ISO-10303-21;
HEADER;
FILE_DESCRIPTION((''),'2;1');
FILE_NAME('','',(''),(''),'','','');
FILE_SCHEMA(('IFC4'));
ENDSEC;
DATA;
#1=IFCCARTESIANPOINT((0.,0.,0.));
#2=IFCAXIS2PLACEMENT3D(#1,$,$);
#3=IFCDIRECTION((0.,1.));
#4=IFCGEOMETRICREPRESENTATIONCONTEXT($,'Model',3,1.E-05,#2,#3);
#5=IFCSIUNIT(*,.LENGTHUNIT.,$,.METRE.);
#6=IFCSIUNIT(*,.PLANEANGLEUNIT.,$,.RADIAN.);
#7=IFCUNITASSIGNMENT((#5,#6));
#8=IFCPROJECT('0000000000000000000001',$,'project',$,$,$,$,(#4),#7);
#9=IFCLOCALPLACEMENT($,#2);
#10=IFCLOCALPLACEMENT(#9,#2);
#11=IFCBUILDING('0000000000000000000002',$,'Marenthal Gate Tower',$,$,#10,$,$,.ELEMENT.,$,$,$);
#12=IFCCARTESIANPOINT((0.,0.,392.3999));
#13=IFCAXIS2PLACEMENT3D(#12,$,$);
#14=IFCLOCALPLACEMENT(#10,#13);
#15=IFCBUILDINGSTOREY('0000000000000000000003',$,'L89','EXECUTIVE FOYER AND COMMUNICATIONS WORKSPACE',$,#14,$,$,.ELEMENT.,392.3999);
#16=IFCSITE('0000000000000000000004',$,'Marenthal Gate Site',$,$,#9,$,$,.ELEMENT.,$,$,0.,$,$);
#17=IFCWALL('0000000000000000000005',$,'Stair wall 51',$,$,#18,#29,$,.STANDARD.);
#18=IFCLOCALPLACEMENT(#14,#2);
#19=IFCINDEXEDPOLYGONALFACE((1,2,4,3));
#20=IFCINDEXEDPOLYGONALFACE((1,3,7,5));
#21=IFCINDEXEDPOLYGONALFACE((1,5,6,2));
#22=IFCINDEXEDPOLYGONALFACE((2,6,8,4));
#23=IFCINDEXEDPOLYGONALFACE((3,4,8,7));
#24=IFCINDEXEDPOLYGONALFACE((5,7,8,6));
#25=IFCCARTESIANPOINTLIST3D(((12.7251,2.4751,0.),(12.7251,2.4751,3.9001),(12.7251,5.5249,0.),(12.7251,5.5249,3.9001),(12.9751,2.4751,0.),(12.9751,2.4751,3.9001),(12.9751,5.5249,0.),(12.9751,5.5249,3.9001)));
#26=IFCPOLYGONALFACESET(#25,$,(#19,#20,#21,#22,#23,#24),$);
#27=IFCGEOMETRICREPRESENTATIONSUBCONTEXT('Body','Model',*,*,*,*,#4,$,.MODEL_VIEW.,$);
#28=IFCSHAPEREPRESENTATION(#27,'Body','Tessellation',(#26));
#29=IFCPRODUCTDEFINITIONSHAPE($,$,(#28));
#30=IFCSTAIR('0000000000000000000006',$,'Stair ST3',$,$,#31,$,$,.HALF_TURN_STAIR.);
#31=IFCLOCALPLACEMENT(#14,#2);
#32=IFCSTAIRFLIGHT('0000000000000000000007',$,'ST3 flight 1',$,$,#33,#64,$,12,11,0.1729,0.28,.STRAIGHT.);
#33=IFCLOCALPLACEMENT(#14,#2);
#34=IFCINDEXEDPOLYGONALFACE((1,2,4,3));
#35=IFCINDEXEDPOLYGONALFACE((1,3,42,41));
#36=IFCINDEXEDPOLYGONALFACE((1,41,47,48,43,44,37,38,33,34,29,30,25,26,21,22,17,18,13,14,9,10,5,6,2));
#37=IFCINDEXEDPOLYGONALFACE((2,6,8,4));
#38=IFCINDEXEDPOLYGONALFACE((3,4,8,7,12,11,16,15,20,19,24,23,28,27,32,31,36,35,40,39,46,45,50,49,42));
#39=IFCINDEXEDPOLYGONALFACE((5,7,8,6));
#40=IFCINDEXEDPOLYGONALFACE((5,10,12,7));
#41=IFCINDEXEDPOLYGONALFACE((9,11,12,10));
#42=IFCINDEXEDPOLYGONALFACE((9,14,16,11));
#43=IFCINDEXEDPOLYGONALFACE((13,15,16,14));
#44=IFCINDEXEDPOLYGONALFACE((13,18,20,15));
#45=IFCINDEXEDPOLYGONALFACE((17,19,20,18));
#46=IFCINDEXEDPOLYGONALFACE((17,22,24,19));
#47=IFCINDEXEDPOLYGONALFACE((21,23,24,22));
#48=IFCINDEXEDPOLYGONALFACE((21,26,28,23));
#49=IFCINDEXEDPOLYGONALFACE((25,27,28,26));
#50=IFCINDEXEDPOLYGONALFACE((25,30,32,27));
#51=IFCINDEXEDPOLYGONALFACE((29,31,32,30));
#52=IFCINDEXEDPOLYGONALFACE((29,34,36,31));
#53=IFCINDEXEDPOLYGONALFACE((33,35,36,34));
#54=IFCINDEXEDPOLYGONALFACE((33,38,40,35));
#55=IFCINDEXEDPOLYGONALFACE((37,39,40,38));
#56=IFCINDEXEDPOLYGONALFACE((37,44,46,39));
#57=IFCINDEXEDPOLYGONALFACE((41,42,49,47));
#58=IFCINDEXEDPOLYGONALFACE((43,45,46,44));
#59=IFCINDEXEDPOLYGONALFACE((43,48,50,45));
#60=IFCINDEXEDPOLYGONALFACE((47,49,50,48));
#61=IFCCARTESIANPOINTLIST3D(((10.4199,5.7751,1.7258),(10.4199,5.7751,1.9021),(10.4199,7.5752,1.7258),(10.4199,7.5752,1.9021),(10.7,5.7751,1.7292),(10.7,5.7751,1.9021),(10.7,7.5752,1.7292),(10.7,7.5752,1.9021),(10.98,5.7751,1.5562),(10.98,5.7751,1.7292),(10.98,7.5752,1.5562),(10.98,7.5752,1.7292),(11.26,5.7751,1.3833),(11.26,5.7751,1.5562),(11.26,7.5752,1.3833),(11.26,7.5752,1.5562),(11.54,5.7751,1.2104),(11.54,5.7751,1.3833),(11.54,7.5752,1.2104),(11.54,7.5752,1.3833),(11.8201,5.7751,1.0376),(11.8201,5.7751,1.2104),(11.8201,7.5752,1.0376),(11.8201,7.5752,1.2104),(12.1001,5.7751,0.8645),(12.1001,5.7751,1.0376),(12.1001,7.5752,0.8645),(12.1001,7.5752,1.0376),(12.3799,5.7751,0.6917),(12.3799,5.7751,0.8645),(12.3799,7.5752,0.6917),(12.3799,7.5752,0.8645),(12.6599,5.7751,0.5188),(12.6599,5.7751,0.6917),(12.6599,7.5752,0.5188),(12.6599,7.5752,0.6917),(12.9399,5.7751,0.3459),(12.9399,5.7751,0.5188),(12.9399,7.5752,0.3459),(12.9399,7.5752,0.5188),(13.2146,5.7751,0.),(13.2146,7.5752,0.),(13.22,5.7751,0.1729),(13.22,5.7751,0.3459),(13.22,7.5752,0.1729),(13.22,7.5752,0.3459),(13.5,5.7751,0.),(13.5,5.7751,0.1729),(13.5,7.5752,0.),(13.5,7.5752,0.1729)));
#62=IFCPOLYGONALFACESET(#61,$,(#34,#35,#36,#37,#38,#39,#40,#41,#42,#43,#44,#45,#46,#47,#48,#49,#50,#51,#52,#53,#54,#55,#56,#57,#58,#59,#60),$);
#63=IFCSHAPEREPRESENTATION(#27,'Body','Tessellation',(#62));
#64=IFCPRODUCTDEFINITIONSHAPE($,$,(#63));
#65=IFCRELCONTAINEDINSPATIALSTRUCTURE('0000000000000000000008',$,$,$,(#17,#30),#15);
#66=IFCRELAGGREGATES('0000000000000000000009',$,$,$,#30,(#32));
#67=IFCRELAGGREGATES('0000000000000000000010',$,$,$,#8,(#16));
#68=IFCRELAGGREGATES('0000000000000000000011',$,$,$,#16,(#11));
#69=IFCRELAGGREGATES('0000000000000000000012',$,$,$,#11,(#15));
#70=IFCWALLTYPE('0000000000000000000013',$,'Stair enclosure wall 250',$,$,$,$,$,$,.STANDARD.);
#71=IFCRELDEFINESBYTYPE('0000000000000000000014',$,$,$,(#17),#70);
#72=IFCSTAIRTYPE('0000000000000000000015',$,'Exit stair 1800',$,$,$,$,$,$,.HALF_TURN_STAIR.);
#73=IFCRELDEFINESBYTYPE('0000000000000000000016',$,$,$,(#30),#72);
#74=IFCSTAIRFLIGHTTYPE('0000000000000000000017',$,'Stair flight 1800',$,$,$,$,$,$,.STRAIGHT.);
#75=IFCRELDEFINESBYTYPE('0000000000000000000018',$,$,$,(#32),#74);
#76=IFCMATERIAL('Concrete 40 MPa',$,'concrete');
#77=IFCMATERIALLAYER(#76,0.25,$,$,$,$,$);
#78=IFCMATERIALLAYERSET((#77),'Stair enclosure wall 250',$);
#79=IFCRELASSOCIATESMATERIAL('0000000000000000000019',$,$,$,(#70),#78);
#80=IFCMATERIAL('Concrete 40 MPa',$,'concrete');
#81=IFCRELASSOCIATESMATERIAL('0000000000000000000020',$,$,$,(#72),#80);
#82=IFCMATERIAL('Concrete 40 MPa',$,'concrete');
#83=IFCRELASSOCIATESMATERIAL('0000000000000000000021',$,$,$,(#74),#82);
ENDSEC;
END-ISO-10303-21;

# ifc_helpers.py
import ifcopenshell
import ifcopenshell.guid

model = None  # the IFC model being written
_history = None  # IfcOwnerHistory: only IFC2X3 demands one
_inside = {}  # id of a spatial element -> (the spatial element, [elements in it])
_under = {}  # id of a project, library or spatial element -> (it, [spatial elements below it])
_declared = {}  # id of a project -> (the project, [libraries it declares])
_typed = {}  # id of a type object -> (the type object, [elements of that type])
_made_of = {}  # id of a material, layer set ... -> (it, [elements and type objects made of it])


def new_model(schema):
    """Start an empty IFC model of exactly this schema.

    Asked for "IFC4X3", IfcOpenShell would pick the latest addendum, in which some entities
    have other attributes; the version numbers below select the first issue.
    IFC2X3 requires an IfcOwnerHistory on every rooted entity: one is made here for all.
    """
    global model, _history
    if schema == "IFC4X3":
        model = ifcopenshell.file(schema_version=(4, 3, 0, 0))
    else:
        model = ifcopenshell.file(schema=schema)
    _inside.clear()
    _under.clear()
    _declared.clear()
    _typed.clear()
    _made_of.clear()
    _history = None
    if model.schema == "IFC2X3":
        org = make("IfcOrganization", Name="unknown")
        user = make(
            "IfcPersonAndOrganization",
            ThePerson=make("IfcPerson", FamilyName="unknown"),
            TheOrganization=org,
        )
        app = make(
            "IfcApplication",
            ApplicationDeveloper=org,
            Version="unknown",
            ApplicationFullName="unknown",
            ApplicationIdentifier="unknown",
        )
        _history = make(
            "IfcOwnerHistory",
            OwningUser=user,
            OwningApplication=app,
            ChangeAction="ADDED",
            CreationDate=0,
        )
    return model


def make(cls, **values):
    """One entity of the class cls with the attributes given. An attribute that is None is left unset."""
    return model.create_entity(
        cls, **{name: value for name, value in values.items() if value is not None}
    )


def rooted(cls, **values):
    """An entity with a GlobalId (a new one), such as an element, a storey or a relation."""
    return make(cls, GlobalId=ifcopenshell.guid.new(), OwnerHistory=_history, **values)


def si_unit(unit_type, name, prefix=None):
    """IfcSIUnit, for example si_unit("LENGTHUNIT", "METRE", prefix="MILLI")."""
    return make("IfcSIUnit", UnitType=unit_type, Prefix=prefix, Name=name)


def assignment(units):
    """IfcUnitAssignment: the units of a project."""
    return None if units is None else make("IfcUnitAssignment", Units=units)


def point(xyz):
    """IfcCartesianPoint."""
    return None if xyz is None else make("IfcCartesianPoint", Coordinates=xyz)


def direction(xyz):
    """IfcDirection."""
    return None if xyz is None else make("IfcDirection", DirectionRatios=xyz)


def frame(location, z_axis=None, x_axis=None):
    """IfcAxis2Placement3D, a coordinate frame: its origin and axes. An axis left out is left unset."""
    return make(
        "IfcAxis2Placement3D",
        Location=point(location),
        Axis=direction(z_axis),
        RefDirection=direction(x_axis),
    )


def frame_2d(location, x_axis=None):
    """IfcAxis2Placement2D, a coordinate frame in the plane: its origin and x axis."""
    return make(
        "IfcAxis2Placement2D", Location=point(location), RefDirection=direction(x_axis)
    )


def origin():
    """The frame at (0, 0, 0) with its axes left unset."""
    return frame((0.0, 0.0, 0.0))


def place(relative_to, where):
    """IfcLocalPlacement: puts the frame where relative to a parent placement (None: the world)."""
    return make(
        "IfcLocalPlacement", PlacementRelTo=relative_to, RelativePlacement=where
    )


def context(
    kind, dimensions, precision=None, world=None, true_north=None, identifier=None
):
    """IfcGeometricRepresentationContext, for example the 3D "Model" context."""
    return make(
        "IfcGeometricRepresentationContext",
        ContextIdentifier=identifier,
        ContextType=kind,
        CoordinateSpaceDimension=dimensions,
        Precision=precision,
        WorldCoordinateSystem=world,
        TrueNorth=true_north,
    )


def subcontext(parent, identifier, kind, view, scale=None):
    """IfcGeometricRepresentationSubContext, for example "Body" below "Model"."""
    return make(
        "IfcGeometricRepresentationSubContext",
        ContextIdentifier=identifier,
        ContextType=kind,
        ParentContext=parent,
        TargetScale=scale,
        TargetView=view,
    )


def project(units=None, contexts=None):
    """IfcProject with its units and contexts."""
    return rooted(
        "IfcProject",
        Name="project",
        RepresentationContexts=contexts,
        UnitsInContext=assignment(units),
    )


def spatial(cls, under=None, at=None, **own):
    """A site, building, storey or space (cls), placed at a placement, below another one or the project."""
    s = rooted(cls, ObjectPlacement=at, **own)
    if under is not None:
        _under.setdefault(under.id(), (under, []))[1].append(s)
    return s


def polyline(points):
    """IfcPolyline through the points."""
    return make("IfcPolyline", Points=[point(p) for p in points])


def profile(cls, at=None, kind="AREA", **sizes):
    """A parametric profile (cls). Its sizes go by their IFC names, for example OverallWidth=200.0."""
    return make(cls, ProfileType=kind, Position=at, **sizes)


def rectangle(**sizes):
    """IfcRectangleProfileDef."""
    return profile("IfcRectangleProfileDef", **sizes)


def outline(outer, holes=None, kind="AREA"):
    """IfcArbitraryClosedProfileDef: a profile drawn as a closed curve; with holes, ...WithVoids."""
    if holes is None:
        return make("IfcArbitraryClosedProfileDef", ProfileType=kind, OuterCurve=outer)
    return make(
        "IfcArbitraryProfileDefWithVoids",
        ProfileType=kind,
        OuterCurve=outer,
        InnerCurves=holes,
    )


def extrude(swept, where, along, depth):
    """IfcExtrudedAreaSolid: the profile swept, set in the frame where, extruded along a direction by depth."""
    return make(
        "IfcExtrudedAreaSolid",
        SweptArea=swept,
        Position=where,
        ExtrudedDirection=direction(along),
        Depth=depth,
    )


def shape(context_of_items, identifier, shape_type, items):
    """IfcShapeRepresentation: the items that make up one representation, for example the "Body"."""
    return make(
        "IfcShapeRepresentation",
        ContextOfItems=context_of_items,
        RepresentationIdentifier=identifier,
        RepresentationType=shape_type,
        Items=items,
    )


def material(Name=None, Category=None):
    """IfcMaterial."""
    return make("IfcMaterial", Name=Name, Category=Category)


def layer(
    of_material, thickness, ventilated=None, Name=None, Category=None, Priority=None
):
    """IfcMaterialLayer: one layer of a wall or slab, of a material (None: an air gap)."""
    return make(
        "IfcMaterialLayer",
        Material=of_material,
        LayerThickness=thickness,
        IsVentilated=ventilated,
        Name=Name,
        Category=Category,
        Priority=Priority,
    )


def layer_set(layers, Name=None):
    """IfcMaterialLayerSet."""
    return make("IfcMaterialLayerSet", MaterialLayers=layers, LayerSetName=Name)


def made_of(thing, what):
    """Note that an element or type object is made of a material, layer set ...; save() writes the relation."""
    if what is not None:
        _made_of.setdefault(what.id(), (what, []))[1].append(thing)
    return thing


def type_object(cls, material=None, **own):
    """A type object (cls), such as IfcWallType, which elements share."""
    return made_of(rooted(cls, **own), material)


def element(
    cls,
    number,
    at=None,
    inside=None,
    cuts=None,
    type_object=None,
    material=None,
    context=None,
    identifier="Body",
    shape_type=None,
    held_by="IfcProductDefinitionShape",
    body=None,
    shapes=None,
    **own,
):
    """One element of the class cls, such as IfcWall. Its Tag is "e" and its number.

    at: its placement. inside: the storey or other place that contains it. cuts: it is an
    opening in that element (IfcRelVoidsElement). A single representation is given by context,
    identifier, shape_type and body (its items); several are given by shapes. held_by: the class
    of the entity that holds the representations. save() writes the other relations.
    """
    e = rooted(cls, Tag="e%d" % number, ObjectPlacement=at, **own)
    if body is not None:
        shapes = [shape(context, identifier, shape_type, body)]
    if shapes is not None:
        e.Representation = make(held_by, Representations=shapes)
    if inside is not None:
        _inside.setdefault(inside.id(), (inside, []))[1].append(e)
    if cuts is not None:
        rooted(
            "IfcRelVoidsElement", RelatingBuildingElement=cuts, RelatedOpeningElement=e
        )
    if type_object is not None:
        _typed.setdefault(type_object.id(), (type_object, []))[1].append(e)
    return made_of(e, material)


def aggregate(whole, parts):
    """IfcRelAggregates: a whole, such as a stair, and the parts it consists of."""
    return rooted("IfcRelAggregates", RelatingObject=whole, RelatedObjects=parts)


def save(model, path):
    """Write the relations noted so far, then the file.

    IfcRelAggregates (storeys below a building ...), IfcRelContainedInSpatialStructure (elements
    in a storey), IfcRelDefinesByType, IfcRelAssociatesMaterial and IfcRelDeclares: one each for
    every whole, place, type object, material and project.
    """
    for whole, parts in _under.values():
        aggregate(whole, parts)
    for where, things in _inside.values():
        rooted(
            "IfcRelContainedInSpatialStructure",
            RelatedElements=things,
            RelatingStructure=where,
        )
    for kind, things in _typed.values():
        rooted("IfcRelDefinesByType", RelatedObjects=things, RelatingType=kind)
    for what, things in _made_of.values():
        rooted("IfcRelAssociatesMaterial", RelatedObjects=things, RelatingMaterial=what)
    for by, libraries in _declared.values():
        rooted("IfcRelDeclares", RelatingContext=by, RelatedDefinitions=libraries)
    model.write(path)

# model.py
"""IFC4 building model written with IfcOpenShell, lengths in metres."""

from ifc_helpers import new_model, si_unit, direction, frame, frame_2d, origin, place, context, subcontext, project, spatial, polyline, rectangle, outline, extrude, material, layer, layer_set, type_object, element, aggregate, save


model = new_model("IFC4")

# Units and contexts
model_context = context("Model", 3, precision=1e-05, world=origin(), true_north=direction((0.0, 1.0)))
body_context = subcontext(model_context, "Body", "Model", "MODEL_VIEW")
ifc_project = project(units=[si_unit("LENGTHUNIT", "METRE"), si_unit("PLANEANGLEUNIT", "RADIAN")], contexts=[model_context])

# Site, building, storey
site_placement = place(None, origin())
site = spatial("IfcSite", under=ifc_project, at=site_placement, Name="Marenthal Gate Site", CompositionType="ELEMENT", RefElevation=0.0)
building_placement = place(site_placement, origin())
building = spatial("IfcBuilding", under=site, at=building_placement, Name="Marenthal Gate Tower", CompositionType="ELEMENT")
storey_placement = place(building_placement, frame((0.0, 0.0, 392.3999)))
storey = spatial("IfcBuildingStorey", under=building, at=storey_placement, Name="L89", Description="EXECUTIVE FOYER AND COMMUNICATIONS WORKSPACE", CompositionType="ELEMENT", Elevation=392.3999)

# Wall
ifc_material_1 = material(Name="Concrete 40 MPa", Category="concrete")
ifc_layer_1 = layer(ifc_material_1, 0.25)
ifc_layer_set_1 = layer_set([ifc_layer_1], Name="Stair enclosure wall 250")
wall_type_1 = type_object("IfcWallType", Name="Stair enclosure wall 250", PredefinedType="STANDARD", material=ifc_layer_set_1)
wall_1_placement = place(storey_placement, frame((12.8501, 2.4751, 0.0), z_axis=(0.0, 0.0, 1.0), x_axis=(0.0, 1.0, 0.0)))
element("IfcWall", 1, at=wall_1_placement, inside=storey, type_object=wall_type_1, Name="Stair wall 51", PredefinedType="STANDARD", context=body_context, shape_type="SweptSolid", body=[
    extrude(rectangle(XDim=3.0498, YDim=0.25, at=frame_2d((1.5249, 0.0))), origin(), (0.0, 0.0, 1.0), 3.9001),
])

# Stair, stair flight
ifc_material_2 = material(Name="Concrete 40 MPa", Category="concrete")
stair_type = type_object("IfcStairType", Name="Exit stair 1800", PredefinedType="HALF_TURN_STAIR", material=ifc_material_2)
stair_placement = place(storey_placement, origin())
stair = element("IfcStair", 2, at=stair_placement, inside=storey, type_object=stair_type, Name="Stair ST3", PredefinedType="HALF_TURN_STAIR")
ifc_material_3 = material(Name="Concrete 40 MPa", Category="concrete")
stair_flight_type = type_object("IfcStairFlightType", Name="Stair flight 1800", PredefinedType="STRAIGHT", material=ifc_material_3)
stair_flight_placement = place(storey_placement, frame((13.5, 6.675, 0.0), z_axis=(0.0, 0.0, 1.0), x_axis=(-1.0, 0.0, 0.0)))
stair_flight = element("IfcStairFlight", 3, at=stair_flight_placement, type_object=stair_flight_type, Name="ST3 flight 1", NumberOfRisers=12, NumberOfTreads=11, PredefinedType="STRAIGHT", RiserHeight=0.1729, TreadLength=0.28, context=body_context, shape_type="SweptSolid", body=[
    extrude(outline(polyline([(0.0, 0.0), (0.0, 0.1729), (0.28, 0.1729), (0.28, 0.3459), (0.5601, 0.3459), (0.5601, 0.5188), (0.8401, 0.5188), (0.8401, 0.6917), (1.1201, 0.6917), (1.1201, 0.8645), (1.3999, 0.8645), (1.3999, 1.0376), (1.6799, 1.0376), (1.6799, 1.2104), (1.96, 1.2104), (1.96, 1.3833), (2.24, 1.3833), (2.24, 1.5562), (2.52, 1.5562), (2.52, 1.7292), (2.8, 1.7292), (2.8, 1.9021), (3.0801, 1.9021), (3.0801, 2.075), (3.0801, 1.7258), (0.2854, 0.0), (0.0, 0.0)])), frame((0.0, 0.8999, 0.0), z_axis=(0.0, -1.0, 0.0), x_axis=(1.0, 0.0, 0.0)), (0.0, 0.0, 1.0), 1.8),
])
aggregate(stair, [stair_flight])

save(model, "model.ifc")
